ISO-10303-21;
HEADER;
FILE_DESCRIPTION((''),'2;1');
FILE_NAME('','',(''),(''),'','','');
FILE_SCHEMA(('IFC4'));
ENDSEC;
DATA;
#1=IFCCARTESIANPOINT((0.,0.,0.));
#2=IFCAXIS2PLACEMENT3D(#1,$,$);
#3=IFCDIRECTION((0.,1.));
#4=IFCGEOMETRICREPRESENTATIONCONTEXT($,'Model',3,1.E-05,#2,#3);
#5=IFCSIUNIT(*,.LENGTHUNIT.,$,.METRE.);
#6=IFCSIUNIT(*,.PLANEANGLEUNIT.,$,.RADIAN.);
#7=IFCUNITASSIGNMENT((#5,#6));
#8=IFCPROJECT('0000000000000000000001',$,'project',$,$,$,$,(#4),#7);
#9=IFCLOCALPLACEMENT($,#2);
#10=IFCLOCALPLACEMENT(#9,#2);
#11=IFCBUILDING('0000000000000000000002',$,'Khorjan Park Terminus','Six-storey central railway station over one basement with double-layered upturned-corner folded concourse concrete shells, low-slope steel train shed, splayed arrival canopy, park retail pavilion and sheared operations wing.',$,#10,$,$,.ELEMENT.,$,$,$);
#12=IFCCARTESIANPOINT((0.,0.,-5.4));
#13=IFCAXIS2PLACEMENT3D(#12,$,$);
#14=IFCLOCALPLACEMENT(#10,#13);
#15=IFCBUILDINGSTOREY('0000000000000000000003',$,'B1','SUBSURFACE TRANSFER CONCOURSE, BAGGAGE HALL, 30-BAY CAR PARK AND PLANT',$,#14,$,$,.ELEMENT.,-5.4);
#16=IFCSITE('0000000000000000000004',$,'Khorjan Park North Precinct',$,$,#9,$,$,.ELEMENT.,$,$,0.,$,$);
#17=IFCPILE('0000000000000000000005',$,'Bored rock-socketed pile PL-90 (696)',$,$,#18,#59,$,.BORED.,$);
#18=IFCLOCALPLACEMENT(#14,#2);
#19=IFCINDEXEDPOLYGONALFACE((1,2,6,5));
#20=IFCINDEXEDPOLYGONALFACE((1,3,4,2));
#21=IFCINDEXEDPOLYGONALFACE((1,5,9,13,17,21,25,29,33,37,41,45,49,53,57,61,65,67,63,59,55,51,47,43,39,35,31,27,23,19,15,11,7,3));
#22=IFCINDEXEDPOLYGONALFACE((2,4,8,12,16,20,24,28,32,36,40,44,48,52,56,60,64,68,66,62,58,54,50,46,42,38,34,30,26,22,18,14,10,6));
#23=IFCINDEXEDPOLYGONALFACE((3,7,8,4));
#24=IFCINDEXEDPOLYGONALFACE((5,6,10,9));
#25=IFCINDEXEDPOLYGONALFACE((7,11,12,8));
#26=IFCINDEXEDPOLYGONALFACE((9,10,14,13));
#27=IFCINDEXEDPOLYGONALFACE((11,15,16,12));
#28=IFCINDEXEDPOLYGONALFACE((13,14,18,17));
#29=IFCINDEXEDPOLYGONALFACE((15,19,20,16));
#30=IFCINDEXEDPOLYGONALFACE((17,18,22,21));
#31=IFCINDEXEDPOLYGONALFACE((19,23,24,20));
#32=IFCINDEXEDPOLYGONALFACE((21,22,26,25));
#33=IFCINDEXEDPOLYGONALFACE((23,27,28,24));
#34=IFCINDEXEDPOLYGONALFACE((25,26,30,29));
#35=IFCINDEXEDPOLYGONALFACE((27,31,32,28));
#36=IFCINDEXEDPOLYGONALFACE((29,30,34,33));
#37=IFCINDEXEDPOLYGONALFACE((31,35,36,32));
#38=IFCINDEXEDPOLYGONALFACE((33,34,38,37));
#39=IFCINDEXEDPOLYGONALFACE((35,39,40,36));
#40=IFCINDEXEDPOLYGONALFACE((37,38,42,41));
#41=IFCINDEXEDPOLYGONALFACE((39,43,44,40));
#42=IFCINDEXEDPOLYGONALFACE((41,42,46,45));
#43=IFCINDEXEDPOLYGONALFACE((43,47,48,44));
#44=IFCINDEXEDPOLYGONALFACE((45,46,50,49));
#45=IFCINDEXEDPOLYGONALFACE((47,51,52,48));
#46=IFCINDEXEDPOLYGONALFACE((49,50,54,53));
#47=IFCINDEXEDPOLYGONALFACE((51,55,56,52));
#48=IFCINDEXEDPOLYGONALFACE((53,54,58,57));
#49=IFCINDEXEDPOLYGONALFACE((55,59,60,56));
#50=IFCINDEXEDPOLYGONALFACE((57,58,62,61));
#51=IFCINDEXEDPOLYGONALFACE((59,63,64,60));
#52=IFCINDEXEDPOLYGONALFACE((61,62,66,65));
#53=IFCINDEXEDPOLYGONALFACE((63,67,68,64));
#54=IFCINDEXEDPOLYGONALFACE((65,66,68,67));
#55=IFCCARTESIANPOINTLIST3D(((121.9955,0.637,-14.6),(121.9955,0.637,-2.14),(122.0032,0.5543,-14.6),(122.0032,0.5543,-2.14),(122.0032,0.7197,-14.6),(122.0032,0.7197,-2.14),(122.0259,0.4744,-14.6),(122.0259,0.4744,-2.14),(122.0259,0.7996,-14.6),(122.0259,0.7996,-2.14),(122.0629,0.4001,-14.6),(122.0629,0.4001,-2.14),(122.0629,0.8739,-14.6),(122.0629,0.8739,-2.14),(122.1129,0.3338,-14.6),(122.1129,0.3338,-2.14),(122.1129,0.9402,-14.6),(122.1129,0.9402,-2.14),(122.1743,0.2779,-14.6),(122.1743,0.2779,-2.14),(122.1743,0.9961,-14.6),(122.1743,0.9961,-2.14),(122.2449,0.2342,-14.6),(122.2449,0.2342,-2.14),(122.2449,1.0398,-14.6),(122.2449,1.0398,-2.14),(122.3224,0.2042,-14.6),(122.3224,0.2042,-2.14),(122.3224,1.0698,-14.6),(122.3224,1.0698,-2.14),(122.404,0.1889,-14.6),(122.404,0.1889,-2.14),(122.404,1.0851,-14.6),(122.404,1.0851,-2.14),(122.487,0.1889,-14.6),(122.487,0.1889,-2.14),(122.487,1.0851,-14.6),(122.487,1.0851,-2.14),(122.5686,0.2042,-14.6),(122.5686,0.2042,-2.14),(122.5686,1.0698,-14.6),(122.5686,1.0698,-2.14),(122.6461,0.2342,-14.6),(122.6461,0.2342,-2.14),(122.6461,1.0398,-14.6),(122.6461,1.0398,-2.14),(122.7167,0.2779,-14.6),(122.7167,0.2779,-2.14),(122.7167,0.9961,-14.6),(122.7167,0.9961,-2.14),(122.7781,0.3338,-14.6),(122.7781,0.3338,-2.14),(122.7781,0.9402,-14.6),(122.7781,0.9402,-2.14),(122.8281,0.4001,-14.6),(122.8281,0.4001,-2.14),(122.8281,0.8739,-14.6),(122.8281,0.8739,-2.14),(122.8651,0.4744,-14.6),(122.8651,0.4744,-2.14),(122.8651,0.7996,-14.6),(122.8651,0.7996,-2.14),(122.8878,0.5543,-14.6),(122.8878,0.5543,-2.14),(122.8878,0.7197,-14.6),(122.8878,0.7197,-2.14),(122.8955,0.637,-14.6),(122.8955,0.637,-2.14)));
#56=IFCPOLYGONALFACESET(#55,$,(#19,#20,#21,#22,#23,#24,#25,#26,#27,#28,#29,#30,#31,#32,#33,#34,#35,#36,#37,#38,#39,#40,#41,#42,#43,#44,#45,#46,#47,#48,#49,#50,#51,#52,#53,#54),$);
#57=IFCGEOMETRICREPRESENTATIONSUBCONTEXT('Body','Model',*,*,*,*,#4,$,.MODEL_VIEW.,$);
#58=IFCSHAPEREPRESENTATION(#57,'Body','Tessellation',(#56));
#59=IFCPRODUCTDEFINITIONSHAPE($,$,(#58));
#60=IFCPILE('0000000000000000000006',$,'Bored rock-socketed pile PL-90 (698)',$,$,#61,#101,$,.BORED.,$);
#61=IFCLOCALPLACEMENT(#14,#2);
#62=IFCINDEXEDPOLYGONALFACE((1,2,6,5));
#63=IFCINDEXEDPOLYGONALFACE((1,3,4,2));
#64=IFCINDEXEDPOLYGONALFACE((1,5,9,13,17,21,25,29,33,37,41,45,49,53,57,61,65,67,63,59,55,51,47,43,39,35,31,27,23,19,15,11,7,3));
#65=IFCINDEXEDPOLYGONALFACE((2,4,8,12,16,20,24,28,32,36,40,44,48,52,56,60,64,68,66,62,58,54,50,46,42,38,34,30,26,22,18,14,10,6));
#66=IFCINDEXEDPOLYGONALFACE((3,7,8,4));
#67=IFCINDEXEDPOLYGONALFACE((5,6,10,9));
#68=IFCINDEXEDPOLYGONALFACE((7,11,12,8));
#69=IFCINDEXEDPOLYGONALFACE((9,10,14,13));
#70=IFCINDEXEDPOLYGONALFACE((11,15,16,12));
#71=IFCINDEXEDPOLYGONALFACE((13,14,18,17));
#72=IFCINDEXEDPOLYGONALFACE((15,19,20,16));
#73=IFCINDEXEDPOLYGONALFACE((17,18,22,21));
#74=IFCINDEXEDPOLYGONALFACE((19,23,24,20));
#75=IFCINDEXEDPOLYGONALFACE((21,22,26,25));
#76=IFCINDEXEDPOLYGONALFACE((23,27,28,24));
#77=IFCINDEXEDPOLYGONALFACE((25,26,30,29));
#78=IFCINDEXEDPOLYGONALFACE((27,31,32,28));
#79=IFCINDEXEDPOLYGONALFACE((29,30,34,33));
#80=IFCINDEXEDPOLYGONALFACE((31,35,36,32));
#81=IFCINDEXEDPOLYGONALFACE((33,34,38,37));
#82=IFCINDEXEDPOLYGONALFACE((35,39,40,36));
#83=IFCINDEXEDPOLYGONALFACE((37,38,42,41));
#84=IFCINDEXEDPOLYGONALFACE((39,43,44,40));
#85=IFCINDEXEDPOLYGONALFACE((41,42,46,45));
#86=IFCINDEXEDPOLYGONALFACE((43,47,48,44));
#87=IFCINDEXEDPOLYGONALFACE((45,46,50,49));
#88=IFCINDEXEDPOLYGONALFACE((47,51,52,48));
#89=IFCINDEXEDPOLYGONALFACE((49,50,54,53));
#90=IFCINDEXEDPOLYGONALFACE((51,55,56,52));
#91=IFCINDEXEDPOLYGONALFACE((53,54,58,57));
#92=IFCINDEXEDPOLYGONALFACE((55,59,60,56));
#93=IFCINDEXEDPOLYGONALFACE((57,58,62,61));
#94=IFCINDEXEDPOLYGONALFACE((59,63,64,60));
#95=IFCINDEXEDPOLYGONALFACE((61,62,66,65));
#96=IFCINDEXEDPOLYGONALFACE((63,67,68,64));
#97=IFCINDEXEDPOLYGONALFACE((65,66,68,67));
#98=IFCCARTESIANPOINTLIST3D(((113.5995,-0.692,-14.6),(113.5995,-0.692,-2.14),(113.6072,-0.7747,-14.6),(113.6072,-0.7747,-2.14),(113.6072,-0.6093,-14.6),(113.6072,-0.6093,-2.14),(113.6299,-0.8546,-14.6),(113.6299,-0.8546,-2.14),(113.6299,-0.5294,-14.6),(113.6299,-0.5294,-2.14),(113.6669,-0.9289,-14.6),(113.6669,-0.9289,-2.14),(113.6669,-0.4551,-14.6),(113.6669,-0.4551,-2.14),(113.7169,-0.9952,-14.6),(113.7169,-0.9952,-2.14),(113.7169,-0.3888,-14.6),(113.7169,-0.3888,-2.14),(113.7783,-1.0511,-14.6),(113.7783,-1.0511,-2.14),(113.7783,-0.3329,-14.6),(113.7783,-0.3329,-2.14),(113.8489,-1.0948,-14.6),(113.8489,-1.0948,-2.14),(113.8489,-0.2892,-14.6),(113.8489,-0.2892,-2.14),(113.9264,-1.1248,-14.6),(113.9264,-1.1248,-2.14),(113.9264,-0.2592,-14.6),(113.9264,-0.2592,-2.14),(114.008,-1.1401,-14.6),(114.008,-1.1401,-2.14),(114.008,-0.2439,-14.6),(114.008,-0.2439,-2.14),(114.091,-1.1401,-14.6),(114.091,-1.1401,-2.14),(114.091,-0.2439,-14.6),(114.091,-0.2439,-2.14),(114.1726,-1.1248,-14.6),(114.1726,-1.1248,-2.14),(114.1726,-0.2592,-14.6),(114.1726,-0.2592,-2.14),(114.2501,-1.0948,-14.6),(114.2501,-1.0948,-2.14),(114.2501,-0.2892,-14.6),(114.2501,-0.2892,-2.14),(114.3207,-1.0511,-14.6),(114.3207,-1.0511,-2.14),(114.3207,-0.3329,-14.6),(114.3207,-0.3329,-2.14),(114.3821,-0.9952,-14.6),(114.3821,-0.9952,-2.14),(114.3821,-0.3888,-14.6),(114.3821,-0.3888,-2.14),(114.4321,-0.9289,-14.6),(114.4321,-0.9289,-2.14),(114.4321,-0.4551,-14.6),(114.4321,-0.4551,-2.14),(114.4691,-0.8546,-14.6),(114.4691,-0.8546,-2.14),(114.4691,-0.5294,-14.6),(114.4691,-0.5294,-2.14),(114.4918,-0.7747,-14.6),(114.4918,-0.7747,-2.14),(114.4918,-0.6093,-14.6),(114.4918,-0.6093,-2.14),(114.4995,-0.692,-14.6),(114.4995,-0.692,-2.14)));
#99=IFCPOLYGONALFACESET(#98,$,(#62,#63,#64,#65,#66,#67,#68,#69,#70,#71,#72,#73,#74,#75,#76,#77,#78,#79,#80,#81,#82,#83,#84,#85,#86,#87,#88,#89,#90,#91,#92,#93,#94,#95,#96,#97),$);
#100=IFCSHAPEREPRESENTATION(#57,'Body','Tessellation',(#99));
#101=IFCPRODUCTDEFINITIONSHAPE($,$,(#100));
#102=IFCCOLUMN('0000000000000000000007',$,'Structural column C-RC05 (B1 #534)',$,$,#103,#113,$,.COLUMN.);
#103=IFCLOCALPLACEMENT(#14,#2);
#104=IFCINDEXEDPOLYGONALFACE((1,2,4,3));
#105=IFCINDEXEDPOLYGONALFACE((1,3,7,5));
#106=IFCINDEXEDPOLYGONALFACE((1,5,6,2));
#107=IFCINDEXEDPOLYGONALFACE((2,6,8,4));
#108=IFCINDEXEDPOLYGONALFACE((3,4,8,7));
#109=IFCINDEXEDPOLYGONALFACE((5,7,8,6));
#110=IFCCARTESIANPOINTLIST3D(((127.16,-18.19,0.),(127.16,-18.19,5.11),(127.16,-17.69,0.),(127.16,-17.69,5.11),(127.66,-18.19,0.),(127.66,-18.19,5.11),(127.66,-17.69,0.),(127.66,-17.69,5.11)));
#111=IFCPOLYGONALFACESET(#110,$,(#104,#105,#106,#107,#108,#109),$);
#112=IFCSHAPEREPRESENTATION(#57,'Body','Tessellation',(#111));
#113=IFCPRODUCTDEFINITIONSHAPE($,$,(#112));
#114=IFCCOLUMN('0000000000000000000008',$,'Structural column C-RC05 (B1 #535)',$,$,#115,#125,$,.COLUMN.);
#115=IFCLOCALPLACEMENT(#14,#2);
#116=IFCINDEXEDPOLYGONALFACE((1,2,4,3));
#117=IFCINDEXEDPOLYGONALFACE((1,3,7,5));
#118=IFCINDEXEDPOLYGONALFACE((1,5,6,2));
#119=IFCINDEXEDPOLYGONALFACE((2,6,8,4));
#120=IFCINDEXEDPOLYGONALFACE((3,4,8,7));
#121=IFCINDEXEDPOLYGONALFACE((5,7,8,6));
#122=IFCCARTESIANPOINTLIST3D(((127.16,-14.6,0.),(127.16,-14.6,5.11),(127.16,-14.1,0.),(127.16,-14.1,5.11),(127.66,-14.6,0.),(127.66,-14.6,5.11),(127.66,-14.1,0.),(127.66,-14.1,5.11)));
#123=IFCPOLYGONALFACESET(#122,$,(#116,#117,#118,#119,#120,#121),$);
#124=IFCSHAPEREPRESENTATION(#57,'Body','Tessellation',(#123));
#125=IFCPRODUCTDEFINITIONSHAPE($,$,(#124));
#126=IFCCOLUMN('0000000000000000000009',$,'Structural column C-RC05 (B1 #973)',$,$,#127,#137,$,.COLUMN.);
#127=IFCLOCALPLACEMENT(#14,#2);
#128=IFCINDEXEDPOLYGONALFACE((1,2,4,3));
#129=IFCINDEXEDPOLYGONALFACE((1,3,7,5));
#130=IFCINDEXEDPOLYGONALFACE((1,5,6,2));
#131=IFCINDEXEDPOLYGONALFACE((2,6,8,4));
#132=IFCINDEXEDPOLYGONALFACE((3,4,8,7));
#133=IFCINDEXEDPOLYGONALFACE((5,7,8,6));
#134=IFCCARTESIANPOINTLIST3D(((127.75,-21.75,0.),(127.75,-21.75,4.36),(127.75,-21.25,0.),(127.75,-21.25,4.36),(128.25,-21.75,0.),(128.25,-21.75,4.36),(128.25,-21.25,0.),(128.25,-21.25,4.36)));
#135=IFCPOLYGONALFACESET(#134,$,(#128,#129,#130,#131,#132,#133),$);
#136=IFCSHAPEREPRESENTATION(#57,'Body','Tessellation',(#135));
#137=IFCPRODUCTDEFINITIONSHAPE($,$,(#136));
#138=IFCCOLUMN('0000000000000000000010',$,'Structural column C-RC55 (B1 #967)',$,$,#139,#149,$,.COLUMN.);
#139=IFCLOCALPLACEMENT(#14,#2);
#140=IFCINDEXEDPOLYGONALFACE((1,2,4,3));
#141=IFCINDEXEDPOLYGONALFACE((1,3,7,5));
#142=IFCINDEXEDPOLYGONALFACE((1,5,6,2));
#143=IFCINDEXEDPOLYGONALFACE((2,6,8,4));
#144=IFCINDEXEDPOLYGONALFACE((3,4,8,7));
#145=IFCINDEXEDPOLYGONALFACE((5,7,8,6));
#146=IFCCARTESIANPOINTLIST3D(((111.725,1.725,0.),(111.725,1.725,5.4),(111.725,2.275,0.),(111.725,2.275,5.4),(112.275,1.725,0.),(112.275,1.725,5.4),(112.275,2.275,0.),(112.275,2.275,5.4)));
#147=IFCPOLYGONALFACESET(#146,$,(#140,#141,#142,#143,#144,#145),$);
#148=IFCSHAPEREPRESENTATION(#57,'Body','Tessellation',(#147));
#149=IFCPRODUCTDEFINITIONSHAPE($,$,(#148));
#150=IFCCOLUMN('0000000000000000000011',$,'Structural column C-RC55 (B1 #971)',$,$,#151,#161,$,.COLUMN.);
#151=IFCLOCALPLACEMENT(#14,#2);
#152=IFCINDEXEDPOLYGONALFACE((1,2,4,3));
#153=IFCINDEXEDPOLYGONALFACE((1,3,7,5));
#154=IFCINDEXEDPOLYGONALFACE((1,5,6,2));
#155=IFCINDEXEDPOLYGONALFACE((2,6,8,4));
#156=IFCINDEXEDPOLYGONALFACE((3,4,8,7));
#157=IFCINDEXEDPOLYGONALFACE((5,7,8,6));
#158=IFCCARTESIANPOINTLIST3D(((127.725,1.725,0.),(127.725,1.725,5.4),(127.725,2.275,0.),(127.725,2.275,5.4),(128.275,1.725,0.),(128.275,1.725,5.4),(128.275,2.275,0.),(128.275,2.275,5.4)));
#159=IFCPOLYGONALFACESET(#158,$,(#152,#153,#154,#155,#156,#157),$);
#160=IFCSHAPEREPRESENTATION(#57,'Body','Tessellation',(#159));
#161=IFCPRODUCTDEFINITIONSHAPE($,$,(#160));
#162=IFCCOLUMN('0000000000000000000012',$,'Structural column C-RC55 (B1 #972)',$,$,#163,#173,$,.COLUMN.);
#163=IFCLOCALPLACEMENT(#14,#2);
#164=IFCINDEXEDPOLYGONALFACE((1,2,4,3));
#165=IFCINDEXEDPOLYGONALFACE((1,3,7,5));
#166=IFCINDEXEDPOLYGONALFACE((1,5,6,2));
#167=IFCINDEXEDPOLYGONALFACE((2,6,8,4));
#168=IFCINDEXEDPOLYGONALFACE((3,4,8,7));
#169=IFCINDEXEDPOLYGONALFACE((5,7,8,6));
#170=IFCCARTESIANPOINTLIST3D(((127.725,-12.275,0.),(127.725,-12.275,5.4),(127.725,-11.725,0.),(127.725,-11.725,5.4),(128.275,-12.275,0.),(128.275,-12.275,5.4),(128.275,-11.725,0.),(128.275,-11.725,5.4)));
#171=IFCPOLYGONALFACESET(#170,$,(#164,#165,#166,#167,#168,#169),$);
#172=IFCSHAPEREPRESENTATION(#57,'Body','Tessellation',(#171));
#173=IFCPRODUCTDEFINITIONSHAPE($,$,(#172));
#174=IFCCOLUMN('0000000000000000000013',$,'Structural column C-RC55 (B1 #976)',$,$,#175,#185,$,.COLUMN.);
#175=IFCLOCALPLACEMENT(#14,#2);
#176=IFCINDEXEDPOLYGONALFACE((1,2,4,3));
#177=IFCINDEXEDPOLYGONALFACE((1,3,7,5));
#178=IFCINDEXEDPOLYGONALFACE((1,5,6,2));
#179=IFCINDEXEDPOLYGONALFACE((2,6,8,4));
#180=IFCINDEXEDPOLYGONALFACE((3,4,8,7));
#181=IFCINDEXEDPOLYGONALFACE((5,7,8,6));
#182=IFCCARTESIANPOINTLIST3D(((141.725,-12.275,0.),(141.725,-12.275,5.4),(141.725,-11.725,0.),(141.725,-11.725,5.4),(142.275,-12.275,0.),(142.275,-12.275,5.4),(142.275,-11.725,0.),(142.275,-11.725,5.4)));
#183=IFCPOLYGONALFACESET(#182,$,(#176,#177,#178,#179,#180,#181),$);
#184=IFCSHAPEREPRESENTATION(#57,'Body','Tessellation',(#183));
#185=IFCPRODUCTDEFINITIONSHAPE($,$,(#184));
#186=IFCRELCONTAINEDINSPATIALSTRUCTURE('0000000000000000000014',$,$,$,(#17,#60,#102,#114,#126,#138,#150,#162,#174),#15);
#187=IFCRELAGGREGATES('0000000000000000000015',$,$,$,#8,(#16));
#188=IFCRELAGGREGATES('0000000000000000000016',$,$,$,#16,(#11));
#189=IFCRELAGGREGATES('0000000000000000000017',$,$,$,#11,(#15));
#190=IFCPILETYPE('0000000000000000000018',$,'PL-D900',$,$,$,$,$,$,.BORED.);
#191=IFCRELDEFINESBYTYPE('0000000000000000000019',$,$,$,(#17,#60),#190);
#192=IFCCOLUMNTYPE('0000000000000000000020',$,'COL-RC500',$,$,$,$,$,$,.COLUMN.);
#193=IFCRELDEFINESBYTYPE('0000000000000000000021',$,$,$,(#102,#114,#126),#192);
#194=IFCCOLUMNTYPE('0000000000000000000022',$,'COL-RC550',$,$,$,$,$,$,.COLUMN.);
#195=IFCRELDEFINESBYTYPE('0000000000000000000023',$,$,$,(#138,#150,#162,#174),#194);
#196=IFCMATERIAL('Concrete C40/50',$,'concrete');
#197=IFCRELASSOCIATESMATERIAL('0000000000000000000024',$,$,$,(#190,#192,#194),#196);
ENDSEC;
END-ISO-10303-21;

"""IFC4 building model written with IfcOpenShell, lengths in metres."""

from ifc_helpers import new_model, si_unit, direction, frame, origin, origin_2d, place, context, subcontext, project, spatial, rectangle, circle, extrude, material, material_profile, profile_set, type_object, element, save


model = new_model("IFC4")

# Units and contexts
model_context = context("Model", 3, precision=1e-05, world=origin(), true_north=direction((0.0, 1.0)))
body_context = subcontext(model_context, "Body", "Model", "MODEL_VIEW")
ifc_project = project(units=[si_unit("LENGTHUNIT", "METRE"), si_unit("PLANEANGLEUNIT", "RADIAN")], contexts=[model_context])

# Site, building, storey
site_placement = place(None, origin())
site = spatial("IfcSite", under=ifc_project, at=site_placement, Name="Khorjan Park North Precinct", CompositionType="ELEMENT", RefElevation=0.0)
building_placement = place(site_placement, origin())
building = spatial("IfcBuilding", under=site, at=building_placement, Name="Khorjan Park Terminus", Description="Six-storey central railway station over one basement with double-layered upturned-corner folded concourse concrete shells, low-slope steel train shed, splayed arrival canopy, park retail pavilion and sheared operations wing.", CompositionType="ELEMENT")
storey_placement = place(building_placement, frame((0.0, 0.0, -5.4)))
storey = spatial("IfcBuildingStorey", under=building, at=storey_placement, Name="B1", Description="SUBSURFACE TRANSFER CONCOURSE, BAGGAGE HALL, 30-BAY CAR PARK AND PLANT", CompositionType="ELEMENT", Elevation=-5.4)

# Shared definitions
ifc_material_1 = material(Name="Concrete C40/50", Category="concrete")

# Piles
ifc_material_profile_1 = material_profile(ifc_material_1, circle(Radius=0.45, at=origin_2d()), Name="BORED D900")
ifc_profile_set_1 = profile_set([ifc_material_profile_1], Name="Concrete C40/50")
pile_type_1 = type_object("IfcPileType", Name="PL-D900", PredefinedType="BORED", material=ifc_profile_set_1)
for number, where, z_axis, x_axis, name in (
    (1, (122.4455, 0.637, -2.14), (0.0, 0.0, -1.0), (1.0, 0.0, 0.0), "Bored rock-socketed pile PL-90 (696)"),
    (2, (114.0495, -0.692, -2.14), (0.0, 0.0, -1.0), (1.0, 0.0, 0.0), "Bored rock-socketed pile PL-90 (698)"),
):
    element("IfcPile", number, at=place(storey_placement, frame(where, z_axis=z_axis, x_axis=x_axis)), inside=storey, type_object=pile_type_1, Name=name, PredefinedType="BORED", context=body_context, shape_type="SweptSolid", body=[
        extrude(circle(Radius=0.45, at=origin_2d()), origin(), (0.0, 0.0, 1.0), 12.46),
    ])

# Columns
ifc_material_profile_2 = material_profile(ifc_material_1, rectangle(XDim=0.5, YDim=0.5, at=origin_2d()), Name="RC 500x500")
ifc_profile_set_2 = profile_set([ifc_material_profile_2], Name="Concrete C40/50")
column_type_1 = type_object("IfcColumnType", Name="COL-RC500", PredefinedType="COLUMN", material=ifc_profile_set_2)
for number, where, z_axis, x_axis, name in (
    (3, (127.41, -17.94, 0.0), (0.0, 0.0, 1.0), (1.0, 0.0, 0.0), "Structural column C-RC05 (B1 #534)"),
    (4, (127.41, -14.35, 0.0), (0.0, 0.0, 1.0), (1.0, 0.0, 0.0), "Structural column C-RC05 (B1 #535)"),
):
    element("IfcColumn", number, at=place(storey_placement, frame(where, z_axis=z_axis, x_axis=x_axis)), inside=storey, type_object=column_type_1, Name=name, PredefinedType="COLUMN", context=body_context, shape_type="SweptSolid", body=[
        extrude(rectangle(XDim=0.5, YDim=0.5, at=origin_2d()), origin(), (0.0, 0.0, 1.0), 5.11),
    ])
column_1_placement = place(storey_placement, frame((128.0, -21.5, 0.0), z_axis=(0.0, 0.0, 1.0), x_axis=(1.0, 0.0, 0.0)))
element("IfcColumn", 5, at=column_1_placement, inside=storey, type_object=column_type_1, Name="Structural column C-RC05 (B1 #973)", PredefinedType="COLUMN", context=body_context, shape_type="SweptSolid", body=[
    extrude(rectangle(XDim=0.5, YDim=0.5, at=origin_2d()), origin(), (0.0, 0.0, 1.0), 4.36),
])
ifc_material_profile_3 = material_profile(ifc_material_1, rectangle(XDim=0.55, YDim=0.55, at=origin_2d()), Name="RC 550x550")
ifc_profile_set_3 = profile_set([ifc_material_profile_3], Name="Concrete C40/50")
column_type_2 = type_object("IfcColumnType", Name="COL-RC550", PredefinedType="COLUMN", material=ifc_profile_set_3)
for number, where, z_axis, x_axis, name in (
    (6, (112.0, 2.0, 0.0), (0.0, 0.0, 1.0), (1.0, 0.0, 0.0), "Structural column C-RC55 (B1 #967)"),
    (7, (128.0, 2.0, 0.0), (0.0, 0.0, 1.0), (1.0, 0.0, 0.0), "Structural column C-RC55 (B1 #971)"),
    (8, (128.0, -12.0, 0.0), (0.0, 0.0, 1.0), (1.0, 0.0, 0.0), "Structural column C-RC55 (B1 #972)"),
    (9, (142.0, -12.0, 0.0), (0.0, 0.0, 1.0), (1.0, 0.0, 0.0), "Structural column C-RC55 (B1 #976)"),
):
    element("IfcColumn", number, at=place(storey_placement, frame(where, z_axis=z_axis, x_axis=x_axis)), inside=storey, type_object=column_type_2, Name=name, PredefinedType="COLUMN", context=body_context, shape_type="SweptSolid", body=[
        extrude(rectangle(XDim=0.55, YDim=0.55, at=origin_2d()), origin(), (0.0, 0.0, 1.0), 5.4),
    ])

save(model, "model.ifc")
